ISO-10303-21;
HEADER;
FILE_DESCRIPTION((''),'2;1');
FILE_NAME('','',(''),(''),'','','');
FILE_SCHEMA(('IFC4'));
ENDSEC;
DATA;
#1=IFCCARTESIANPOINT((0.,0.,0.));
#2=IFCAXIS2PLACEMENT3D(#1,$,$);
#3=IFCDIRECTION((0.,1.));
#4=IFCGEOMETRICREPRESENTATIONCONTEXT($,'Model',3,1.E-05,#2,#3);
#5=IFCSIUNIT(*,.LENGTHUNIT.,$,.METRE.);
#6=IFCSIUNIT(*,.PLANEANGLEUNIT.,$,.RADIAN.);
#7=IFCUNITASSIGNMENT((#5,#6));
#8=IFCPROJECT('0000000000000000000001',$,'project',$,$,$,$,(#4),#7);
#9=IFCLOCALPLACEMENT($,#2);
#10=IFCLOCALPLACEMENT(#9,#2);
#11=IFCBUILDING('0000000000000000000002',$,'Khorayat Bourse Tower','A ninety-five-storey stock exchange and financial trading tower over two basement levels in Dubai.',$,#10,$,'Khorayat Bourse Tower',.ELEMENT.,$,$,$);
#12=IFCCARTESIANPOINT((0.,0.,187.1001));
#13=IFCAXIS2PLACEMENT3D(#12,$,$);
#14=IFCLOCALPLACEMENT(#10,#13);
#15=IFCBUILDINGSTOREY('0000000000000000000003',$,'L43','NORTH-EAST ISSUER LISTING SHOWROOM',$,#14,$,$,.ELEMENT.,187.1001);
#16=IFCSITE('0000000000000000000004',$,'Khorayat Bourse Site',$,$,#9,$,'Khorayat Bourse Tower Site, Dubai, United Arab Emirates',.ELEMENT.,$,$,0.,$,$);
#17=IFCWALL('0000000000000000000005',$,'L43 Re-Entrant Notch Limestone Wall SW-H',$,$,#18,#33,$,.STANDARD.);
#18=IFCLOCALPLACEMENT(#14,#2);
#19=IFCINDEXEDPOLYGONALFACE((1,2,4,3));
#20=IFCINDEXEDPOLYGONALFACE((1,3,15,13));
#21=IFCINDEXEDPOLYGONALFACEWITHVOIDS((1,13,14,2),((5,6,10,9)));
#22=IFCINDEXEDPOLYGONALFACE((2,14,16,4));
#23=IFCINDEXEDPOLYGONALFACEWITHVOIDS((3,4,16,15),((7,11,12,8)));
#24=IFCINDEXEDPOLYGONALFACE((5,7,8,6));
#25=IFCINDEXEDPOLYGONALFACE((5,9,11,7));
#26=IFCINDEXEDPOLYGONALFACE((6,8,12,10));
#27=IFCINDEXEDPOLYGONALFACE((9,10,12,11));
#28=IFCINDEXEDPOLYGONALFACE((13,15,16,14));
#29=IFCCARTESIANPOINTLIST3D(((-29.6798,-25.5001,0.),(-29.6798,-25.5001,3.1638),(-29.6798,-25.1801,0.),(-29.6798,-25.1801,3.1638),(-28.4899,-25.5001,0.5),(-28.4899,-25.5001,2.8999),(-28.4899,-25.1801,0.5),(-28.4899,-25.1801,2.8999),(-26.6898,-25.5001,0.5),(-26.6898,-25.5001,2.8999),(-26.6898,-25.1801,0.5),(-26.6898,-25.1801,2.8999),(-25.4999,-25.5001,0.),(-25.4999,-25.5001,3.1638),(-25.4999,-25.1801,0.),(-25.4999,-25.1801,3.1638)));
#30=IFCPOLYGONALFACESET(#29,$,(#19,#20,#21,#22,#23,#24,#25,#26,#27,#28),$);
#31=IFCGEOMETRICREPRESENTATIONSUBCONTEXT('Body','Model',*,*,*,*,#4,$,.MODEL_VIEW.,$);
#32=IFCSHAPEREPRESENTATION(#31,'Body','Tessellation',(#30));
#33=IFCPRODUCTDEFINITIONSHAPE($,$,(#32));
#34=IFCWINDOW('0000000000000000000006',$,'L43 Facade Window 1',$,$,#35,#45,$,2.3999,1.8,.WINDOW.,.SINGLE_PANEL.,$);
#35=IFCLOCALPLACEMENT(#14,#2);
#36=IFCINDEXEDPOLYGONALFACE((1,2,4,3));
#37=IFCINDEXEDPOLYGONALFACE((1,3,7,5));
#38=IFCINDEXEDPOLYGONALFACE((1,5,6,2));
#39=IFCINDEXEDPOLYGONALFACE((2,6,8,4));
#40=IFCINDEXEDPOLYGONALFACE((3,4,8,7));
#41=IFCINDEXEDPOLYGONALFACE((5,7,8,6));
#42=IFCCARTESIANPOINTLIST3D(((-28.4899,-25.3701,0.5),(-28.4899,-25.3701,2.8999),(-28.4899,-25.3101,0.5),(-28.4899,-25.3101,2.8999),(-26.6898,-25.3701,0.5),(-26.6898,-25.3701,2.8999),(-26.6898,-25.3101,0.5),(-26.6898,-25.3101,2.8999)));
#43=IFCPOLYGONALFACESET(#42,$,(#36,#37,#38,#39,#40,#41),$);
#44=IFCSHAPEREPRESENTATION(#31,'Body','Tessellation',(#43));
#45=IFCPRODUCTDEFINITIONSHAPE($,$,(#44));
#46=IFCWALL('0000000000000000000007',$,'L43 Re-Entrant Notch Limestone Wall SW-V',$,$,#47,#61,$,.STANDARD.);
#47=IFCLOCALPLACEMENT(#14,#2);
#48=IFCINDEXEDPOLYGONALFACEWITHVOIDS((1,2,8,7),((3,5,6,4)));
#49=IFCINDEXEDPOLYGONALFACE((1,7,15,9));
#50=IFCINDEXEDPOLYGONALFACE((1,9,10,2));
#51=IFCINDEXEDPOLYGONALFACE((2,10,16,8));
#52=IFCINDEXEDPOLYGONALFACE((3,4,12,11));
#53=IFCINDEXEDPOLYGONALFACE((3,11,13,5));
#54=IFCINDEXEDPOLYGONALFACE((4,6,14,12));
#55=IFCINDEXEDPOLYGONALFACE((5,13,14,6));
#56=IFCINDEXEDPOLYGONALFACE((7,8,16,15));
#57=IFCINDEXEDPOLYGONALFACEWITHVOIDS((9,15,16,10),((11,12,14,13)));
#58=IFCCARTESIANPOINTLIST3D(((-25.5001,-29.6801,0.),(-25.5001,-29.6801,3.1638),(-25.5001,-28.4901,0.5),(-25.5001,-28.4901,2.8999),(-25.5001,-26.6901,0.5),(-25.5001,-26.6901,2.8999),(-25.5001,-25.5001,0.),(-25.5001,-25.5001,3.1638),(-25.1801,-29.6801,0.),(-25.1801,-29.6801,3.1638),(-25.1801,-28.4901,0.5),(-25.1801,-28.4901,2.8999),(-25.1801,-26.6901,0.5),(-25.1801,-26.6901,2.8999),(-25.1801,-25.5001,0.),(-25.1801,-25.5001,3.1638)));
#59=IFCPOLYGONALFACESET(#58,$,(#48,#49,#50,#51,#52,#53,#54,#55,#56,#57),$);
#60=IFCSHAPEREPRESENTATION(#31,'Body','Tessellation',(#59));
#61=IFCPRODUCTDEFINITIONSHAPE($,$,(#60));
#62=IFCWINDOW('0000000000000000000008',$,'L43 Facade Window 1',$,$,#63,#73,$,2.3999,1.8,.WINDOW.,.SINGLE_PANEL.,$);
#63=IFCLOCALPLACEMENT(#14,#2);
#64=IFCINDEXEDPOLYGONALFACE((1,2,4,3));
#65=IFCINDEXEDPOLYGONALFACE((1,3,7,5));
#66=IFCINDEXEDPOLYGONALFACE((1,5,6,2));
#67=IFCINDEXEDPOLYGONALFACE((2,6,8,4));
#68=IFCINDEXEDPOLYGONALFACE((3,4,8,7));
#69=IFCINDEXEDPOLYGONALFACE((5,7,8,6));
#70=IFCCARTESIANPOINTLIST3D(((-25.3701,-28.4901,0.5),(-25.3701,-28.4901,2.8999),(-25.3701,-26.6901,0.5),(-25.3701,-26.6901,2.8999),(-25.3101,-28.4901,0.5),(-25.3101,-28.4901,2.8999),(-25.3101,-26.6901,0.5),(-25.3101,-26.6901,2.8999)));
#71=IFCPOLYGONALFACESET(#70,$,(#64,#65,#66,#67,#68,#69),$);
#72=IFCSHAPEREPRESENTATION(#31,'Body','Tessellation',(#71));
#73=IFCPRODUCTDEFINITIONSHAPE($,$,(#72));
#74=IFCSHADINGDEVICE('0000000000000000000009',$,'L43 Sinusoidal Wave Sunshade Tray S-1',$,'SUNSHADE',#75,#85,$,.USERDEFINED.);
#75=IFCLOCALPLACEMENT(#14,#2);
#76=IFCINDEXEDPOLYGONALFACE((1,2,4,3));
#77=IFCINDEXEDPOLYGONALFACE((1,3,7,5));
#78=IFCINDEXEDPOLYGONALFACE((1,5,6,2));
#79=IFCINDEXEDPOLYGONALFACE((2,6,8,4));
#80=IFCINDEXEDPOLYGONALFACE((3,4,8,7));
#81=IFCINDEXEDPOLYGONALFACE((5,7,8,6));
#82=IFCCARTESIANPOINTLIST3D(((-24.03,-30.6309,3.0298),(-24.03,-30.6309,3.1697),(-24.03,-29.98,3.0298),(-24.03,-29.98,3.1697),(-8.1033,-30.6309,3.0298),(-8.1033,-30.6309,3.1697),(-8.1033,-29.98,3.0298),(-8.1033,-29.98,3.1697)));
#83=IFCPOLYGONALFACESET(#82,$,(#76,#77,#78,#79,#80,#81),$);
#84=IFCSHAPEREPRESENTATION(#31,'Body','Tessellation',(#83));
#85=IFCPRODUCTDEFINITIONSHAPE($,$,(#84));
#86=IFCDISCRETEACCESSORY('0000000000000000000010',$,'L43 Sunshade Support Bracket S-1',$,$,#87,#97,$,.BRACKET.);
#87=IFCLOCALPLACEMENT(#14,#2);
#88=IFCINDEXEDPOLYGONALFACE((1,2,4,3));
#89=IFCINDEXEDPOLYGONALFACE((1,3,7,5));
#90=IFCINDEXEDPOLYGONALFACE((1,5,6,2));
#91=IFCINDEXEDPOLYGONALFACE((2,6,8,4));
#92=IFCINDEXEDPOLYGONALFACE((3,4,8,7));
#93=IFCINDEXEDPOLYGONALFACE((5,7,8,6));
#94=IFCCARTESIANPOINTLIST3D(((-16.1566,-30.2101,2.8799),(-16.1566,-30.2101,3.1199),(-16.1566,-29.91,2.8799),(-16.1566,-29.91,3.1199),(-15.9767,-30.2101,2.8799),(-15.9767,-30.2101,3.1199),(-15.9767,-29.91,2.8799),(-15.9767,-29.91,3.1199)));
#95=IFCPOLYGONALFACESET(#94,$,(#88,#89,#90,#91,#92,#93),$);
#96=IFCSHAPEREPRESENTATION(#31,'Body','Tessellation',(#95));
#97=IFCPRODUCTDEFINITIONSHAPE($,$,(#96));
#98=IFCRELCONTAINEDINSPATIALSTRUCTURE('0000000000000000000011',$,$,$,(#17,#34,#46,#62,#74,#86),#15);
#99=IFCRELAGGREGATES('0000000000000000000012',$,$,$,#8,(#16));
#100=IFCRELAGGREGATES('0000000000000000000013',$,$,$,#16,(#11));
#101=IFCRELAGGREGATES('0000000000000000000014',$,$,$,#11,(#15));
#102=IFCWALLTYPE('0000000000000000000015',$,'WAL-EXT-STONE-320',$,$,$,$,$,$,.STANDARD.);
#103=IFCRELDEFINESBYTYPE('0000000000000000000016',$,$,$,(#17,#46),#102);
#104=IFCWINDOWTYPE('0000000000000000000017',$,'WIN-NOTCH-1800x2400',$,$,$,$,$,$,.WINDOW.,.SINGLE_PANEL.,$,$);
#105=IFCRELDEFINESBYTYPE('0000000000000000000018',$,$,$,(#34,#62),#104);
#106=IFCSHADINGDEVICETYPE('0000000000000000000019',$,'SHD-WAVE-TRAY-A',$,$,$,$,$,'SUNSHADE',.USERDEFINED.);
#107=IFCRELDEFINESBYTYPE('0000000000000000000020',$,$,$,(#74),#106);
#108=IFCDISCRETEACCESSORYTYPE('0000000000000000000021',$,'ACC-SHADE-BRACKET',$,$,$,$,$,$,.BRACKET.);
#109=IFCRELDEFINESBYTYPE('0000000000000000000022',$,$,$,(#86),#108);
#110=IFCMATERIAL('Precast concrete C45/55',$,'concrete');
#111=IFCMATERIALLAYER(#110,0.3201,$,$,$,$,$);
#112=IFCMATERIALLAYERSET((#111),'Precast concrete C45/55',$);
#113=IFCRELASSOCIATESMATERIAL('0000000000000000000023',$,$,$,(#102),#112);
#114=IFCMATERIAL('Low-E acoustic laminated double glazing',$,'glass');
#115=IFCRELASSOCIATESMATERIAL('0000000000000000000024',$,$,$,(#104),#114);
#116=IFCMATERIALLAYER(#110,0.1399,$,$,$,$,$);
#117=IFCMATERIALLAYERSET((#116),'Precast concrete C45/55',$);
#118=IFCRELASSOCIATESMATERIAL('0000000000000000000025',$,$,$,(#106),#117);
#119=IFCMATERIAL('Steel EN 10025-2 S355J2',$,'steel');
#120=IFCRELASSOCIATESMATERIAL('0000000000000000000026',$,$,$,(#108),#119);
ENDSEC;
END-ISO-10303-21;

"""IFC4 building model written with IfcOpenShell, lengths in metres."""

from ifc_helpers import new_model, si_unit, direction, frame, frame_2d, origin, origin_2d, place, context, subcontext, project, spatial, rectangle, extrude, source, transform, mapped, material, layer, layer_set, type_object, element, fill, save


model = new_model("IFC4")

# Units and contexts
model_context = context("Model", 3, precision=1e-05, world=origin(), true_north=direction((0.0, 1.0)))
body_context = subcontext(model_context, "Body", "Model", "MODEL_VIEW")
ifc_project = project(units=[si_unit("LENGTHUNIT", "METRE"), si_unit("PLANEANGLEUNIT", "RADIAN")], contexts=[model_context])

# Site, building, storey
site_placement = place(None, origin())
site = spatial("IfcSite", under=ifc_project, at=site_placement, Name="Khorayat Bourse Site", LongName="Khorayat Bourse Tower Site, Dubai, United Arab Emirates", CompositionType="ELEMENT", RefElevation=0.0)
building_placement = place(site_placement, origin())
building = spatial("IfcBuilding", under=site, at=building_placement, Name="Khorayat Bourse Tower", Description="A ninety-five-storey stock exchange and financial trading tower over two basement levels in Dubai.", LongName="Khorayat Bourse Tower", CompositionType="ELEMENT")
storey_placement = place(building_placement, frame((0.0, 0.0, 187.1001)))
storey = spatial("IfcBuildingStorey", under=building, at=storey_placement, Name="L43", Description="NORTH-EAST ISSUER LISTING SHOWROOM", CompositionType="ELEMENT", Elevation=187.1001)

# Walls, openings, windows
ifc_material_1 = material(Name="Precast concrete C45/55", Category="concrete")
ifc_layer_1 = layer(ifc_material_1, 0.3201)
ifc_layer_set_1 = layer_set([ifc_layer_1], Name="Precast concrete C45/55")
wall_type = type_object("IfcWallType", Name="WAL-EXT-STONE-320", PredefinedType="STANDARD", material=ifc_layer_set_1)
shared_shape_1 = source(origin(), body_context, "Body", "SweptSolid", [
    extrude(rectangle(XDim=4.1799, YDim=0.3201, at=frame_2d((2.0898, 0.0))), origin(), (0.0, 0.0, 1.0), 3.1638),
])
wall_1_placement = place(storey_placement, frame((-25.5, -25.3401, 0.0), z_axis=(0.0, 0.0, 1.0), x_axis=(-1.0, 0.0, 0.0)))
wall_1 = element("IfcWall", 1, at=wall_1_placement, inside=storey, type_object=wall_type, Name="L43 Re-Entrant Notch Limestone Wall SW-H", PredefinedType="STANDARD", context=body_context, shape_type="MappedRepresentation", body=[
    mapped(shared_shape_1, transform((0.0, 0.0, 0.0), scale=1.0)),
])
shared_shape_2 = source(origin(), body_context, "Body", "SweptSolid", [
    extrude(rectangle(XDim=1.8, YDim=2.3999, at=frame_2d((0.8999, 1.2))), frame((0.0, 0.1699, 0.0), z_axis=(0.0, -1.0, 0.0), x_axis=(1.0, 0.0, 0.0)), (0.0, 0.0, 1.0), 0.3401),
])
opening_1_placement = place(wall_1_placement, frame((1.1899, 0.0, 0.5)))
opening_1 = element("IfcOpeningElement", 2, at=opening_1_placement, cuts=wall_1, PredefinedType="OPENING", context=body_context, shape_type="MappedRepresentation", body=[
    mapped(shared_shape_2, transform((0.0, 0.0, 0.0), scale=1.0)),
])
ifc_material_2 = material(Name="Low-E acoustic laminated double glazing", Category="glass")
window_type = type_object("IfcWindowType", Name="WIN-NOTCH-1800x2400", PartitioningType="SINGLE_PANEL", PredefinedType="WINDOW", material=ifc_material_2)
shared_shape_3 = source(origin(), body_context, "Body", "SweptSolid", [
    extrude(rectangle(XDim=1.8, YDim=2.3999, at=frame_2d((0.8999, 1.2))), frame((0.0, 0.03, 0.0), z_axis=(0.0, -1.0, 0.0), x_axis=(1.0, 0.0, 0.0)), (0.0, 0.0, 1.0), 0.0601),
])
window_1_placement = place(opening_1_placement, origin())
window_1 = element("IfcWindow", 3, at=window_1_placement, inside=storey, type_object=window_type, Name="L43 Facade Window 1", OverallHeight=2.3999, OverallWidth=1.8, PartitioningType="SINGLE_PANEL", PredefinedType="WINDOW", context=body_context, shape_type="MappedRepresentation", body=[
    mapped(shared_shape_3, transform((0.0, 0.0, 0.0), scale=1.0)),
])
fill(opening_1, window_1)
wall_2_placement = place(storey_placement, frame((-25.3401, -29.6799, 0.0), z_axis=(0.0, 0.0, 1.0), x_axis=(0.0, 1.0, 0.0)))
wall_2 = element("IfcWall", 4, at=wall_2_placement, inside=storey, type_object=wall_type, Name="L43 Re-Entrant Notch Limestone Wall SW-V", PredefinedType="STANDARD", context=body_context, shape_type="MappedRepresentation", body=[
    mapped(shared_shape_1, transform((0.0, 0.0, 0.0), scale=1.0)),
])
opening_2_placement = place(wall_2_placement, frame((1.1899, 0.0, 0.5)))
opening_2 = element("IfcOpeningElement", 5, at=opening_2_placement, cuts=wall_2, PredefinedType="OPENING", context=body_context, shape_type="MappedRepresentation", body=[
    mapped(shared_shape_2, transform((0.0, 0.0, 0.0), scale=1.0)),
])
window_2_placement = place(opening_2_placement, origin())
window_2 = element("IfcWindow", 6, at=window_2_placement, inside=storey, type_object=window_type, Name="L43 Facade Window 1", OverallHeight=2.3999, OverallWidth=1.8, PartitioningType="SINGLE_PANEL", PredefinedType="WINDOW", context=body_context, shape_type="MappedRepresentation", body=[
    mapped(shared_shape_3, transform((0.0, 0.0, 0.0), scale=1.0)),
])
fill(opening_2, window_2)

# Shading device
ifc_layer_2 = layer(ifc_material_1, 0.1399)
ifc_layer_set_2 = layer_set([ifc_layer_2], Name="Precast concrete C45/55")
shading_device_type = type_object("IfcShadingDeviceType", Name="SHD-WAVE-TRAY-A", ElementType="SUNSHADE", PredefinedType="USERDEFINED", material=ifc_layer_set_2)
shared_shape_4 = source(origin(), body_context, "Body", "SweptSolid", [
    extrude(rectangle(XDim=15.9268, YDim=0.6509, at=origin_2d()), origin(), (0.0, 0.0, 1.0), 0.1399),
])
shading_device_placement = place(storey_placement, frame((-16.0667, -30.3054, 3.0298), z_axis=(0.0, 0.0, 1.0), x_axis=(1.0, 0.0, 0.0)))
element("IfcShadingDevice", 7, at=shading_device_placement, inside=storey, type_object=shading_device_type, Name="L43 Sinusoidal Wave Sunshade Tray S-1", ObjectType="SUNSHADE", PredefinedType="USERDEFINED", context=body_context, shape_type="MappedRepresentation", body=[
    mapped(shared_shape_4, transform((0.0, 0.0, 0.0), scale=1.0)),
])

# Discrete accessory
ifc_material_3 = material(Name="Steel EN 10025-2 S355J2", Category="steel")
discrete_accessory_type = type_object("IfcDiscreteAccessoryType", Name="ACC-SHADE-BRACKET", PredefinedType="BRACKET", material=ifc_material_3)
shared_shape_5 = source(origin(), body_context, "Body", "SweptSolid", [
    extrude(rectangle(XDim=0.1799, YDim=0.3, at=origin_2d()), origin(), (0.0, 0.0, 1.0), 0.24),
])
discrete_accessory_placement = place(storey_placement, frame((-16.0667, -30.0601, 2.8799), z_axis=(0.0, 0.0, 1.0), x_axis=(1.0, 0.0, 0.0)))
element("IfcDiscreteAccessory", 8, at=discrete_accessory_placement, inside=storey, type_object=discrete_accessory_type, Name="L43 Sunshade Support Bracket S-1", PredefinedType="BRACKET", context=body_context, shape_type="MappedRepresentation", body=[
    mapped(shared_shape_5, transform((0.0, 0.0, 0.0), scale=1.0)),
])

save(model, "model.ifc")
